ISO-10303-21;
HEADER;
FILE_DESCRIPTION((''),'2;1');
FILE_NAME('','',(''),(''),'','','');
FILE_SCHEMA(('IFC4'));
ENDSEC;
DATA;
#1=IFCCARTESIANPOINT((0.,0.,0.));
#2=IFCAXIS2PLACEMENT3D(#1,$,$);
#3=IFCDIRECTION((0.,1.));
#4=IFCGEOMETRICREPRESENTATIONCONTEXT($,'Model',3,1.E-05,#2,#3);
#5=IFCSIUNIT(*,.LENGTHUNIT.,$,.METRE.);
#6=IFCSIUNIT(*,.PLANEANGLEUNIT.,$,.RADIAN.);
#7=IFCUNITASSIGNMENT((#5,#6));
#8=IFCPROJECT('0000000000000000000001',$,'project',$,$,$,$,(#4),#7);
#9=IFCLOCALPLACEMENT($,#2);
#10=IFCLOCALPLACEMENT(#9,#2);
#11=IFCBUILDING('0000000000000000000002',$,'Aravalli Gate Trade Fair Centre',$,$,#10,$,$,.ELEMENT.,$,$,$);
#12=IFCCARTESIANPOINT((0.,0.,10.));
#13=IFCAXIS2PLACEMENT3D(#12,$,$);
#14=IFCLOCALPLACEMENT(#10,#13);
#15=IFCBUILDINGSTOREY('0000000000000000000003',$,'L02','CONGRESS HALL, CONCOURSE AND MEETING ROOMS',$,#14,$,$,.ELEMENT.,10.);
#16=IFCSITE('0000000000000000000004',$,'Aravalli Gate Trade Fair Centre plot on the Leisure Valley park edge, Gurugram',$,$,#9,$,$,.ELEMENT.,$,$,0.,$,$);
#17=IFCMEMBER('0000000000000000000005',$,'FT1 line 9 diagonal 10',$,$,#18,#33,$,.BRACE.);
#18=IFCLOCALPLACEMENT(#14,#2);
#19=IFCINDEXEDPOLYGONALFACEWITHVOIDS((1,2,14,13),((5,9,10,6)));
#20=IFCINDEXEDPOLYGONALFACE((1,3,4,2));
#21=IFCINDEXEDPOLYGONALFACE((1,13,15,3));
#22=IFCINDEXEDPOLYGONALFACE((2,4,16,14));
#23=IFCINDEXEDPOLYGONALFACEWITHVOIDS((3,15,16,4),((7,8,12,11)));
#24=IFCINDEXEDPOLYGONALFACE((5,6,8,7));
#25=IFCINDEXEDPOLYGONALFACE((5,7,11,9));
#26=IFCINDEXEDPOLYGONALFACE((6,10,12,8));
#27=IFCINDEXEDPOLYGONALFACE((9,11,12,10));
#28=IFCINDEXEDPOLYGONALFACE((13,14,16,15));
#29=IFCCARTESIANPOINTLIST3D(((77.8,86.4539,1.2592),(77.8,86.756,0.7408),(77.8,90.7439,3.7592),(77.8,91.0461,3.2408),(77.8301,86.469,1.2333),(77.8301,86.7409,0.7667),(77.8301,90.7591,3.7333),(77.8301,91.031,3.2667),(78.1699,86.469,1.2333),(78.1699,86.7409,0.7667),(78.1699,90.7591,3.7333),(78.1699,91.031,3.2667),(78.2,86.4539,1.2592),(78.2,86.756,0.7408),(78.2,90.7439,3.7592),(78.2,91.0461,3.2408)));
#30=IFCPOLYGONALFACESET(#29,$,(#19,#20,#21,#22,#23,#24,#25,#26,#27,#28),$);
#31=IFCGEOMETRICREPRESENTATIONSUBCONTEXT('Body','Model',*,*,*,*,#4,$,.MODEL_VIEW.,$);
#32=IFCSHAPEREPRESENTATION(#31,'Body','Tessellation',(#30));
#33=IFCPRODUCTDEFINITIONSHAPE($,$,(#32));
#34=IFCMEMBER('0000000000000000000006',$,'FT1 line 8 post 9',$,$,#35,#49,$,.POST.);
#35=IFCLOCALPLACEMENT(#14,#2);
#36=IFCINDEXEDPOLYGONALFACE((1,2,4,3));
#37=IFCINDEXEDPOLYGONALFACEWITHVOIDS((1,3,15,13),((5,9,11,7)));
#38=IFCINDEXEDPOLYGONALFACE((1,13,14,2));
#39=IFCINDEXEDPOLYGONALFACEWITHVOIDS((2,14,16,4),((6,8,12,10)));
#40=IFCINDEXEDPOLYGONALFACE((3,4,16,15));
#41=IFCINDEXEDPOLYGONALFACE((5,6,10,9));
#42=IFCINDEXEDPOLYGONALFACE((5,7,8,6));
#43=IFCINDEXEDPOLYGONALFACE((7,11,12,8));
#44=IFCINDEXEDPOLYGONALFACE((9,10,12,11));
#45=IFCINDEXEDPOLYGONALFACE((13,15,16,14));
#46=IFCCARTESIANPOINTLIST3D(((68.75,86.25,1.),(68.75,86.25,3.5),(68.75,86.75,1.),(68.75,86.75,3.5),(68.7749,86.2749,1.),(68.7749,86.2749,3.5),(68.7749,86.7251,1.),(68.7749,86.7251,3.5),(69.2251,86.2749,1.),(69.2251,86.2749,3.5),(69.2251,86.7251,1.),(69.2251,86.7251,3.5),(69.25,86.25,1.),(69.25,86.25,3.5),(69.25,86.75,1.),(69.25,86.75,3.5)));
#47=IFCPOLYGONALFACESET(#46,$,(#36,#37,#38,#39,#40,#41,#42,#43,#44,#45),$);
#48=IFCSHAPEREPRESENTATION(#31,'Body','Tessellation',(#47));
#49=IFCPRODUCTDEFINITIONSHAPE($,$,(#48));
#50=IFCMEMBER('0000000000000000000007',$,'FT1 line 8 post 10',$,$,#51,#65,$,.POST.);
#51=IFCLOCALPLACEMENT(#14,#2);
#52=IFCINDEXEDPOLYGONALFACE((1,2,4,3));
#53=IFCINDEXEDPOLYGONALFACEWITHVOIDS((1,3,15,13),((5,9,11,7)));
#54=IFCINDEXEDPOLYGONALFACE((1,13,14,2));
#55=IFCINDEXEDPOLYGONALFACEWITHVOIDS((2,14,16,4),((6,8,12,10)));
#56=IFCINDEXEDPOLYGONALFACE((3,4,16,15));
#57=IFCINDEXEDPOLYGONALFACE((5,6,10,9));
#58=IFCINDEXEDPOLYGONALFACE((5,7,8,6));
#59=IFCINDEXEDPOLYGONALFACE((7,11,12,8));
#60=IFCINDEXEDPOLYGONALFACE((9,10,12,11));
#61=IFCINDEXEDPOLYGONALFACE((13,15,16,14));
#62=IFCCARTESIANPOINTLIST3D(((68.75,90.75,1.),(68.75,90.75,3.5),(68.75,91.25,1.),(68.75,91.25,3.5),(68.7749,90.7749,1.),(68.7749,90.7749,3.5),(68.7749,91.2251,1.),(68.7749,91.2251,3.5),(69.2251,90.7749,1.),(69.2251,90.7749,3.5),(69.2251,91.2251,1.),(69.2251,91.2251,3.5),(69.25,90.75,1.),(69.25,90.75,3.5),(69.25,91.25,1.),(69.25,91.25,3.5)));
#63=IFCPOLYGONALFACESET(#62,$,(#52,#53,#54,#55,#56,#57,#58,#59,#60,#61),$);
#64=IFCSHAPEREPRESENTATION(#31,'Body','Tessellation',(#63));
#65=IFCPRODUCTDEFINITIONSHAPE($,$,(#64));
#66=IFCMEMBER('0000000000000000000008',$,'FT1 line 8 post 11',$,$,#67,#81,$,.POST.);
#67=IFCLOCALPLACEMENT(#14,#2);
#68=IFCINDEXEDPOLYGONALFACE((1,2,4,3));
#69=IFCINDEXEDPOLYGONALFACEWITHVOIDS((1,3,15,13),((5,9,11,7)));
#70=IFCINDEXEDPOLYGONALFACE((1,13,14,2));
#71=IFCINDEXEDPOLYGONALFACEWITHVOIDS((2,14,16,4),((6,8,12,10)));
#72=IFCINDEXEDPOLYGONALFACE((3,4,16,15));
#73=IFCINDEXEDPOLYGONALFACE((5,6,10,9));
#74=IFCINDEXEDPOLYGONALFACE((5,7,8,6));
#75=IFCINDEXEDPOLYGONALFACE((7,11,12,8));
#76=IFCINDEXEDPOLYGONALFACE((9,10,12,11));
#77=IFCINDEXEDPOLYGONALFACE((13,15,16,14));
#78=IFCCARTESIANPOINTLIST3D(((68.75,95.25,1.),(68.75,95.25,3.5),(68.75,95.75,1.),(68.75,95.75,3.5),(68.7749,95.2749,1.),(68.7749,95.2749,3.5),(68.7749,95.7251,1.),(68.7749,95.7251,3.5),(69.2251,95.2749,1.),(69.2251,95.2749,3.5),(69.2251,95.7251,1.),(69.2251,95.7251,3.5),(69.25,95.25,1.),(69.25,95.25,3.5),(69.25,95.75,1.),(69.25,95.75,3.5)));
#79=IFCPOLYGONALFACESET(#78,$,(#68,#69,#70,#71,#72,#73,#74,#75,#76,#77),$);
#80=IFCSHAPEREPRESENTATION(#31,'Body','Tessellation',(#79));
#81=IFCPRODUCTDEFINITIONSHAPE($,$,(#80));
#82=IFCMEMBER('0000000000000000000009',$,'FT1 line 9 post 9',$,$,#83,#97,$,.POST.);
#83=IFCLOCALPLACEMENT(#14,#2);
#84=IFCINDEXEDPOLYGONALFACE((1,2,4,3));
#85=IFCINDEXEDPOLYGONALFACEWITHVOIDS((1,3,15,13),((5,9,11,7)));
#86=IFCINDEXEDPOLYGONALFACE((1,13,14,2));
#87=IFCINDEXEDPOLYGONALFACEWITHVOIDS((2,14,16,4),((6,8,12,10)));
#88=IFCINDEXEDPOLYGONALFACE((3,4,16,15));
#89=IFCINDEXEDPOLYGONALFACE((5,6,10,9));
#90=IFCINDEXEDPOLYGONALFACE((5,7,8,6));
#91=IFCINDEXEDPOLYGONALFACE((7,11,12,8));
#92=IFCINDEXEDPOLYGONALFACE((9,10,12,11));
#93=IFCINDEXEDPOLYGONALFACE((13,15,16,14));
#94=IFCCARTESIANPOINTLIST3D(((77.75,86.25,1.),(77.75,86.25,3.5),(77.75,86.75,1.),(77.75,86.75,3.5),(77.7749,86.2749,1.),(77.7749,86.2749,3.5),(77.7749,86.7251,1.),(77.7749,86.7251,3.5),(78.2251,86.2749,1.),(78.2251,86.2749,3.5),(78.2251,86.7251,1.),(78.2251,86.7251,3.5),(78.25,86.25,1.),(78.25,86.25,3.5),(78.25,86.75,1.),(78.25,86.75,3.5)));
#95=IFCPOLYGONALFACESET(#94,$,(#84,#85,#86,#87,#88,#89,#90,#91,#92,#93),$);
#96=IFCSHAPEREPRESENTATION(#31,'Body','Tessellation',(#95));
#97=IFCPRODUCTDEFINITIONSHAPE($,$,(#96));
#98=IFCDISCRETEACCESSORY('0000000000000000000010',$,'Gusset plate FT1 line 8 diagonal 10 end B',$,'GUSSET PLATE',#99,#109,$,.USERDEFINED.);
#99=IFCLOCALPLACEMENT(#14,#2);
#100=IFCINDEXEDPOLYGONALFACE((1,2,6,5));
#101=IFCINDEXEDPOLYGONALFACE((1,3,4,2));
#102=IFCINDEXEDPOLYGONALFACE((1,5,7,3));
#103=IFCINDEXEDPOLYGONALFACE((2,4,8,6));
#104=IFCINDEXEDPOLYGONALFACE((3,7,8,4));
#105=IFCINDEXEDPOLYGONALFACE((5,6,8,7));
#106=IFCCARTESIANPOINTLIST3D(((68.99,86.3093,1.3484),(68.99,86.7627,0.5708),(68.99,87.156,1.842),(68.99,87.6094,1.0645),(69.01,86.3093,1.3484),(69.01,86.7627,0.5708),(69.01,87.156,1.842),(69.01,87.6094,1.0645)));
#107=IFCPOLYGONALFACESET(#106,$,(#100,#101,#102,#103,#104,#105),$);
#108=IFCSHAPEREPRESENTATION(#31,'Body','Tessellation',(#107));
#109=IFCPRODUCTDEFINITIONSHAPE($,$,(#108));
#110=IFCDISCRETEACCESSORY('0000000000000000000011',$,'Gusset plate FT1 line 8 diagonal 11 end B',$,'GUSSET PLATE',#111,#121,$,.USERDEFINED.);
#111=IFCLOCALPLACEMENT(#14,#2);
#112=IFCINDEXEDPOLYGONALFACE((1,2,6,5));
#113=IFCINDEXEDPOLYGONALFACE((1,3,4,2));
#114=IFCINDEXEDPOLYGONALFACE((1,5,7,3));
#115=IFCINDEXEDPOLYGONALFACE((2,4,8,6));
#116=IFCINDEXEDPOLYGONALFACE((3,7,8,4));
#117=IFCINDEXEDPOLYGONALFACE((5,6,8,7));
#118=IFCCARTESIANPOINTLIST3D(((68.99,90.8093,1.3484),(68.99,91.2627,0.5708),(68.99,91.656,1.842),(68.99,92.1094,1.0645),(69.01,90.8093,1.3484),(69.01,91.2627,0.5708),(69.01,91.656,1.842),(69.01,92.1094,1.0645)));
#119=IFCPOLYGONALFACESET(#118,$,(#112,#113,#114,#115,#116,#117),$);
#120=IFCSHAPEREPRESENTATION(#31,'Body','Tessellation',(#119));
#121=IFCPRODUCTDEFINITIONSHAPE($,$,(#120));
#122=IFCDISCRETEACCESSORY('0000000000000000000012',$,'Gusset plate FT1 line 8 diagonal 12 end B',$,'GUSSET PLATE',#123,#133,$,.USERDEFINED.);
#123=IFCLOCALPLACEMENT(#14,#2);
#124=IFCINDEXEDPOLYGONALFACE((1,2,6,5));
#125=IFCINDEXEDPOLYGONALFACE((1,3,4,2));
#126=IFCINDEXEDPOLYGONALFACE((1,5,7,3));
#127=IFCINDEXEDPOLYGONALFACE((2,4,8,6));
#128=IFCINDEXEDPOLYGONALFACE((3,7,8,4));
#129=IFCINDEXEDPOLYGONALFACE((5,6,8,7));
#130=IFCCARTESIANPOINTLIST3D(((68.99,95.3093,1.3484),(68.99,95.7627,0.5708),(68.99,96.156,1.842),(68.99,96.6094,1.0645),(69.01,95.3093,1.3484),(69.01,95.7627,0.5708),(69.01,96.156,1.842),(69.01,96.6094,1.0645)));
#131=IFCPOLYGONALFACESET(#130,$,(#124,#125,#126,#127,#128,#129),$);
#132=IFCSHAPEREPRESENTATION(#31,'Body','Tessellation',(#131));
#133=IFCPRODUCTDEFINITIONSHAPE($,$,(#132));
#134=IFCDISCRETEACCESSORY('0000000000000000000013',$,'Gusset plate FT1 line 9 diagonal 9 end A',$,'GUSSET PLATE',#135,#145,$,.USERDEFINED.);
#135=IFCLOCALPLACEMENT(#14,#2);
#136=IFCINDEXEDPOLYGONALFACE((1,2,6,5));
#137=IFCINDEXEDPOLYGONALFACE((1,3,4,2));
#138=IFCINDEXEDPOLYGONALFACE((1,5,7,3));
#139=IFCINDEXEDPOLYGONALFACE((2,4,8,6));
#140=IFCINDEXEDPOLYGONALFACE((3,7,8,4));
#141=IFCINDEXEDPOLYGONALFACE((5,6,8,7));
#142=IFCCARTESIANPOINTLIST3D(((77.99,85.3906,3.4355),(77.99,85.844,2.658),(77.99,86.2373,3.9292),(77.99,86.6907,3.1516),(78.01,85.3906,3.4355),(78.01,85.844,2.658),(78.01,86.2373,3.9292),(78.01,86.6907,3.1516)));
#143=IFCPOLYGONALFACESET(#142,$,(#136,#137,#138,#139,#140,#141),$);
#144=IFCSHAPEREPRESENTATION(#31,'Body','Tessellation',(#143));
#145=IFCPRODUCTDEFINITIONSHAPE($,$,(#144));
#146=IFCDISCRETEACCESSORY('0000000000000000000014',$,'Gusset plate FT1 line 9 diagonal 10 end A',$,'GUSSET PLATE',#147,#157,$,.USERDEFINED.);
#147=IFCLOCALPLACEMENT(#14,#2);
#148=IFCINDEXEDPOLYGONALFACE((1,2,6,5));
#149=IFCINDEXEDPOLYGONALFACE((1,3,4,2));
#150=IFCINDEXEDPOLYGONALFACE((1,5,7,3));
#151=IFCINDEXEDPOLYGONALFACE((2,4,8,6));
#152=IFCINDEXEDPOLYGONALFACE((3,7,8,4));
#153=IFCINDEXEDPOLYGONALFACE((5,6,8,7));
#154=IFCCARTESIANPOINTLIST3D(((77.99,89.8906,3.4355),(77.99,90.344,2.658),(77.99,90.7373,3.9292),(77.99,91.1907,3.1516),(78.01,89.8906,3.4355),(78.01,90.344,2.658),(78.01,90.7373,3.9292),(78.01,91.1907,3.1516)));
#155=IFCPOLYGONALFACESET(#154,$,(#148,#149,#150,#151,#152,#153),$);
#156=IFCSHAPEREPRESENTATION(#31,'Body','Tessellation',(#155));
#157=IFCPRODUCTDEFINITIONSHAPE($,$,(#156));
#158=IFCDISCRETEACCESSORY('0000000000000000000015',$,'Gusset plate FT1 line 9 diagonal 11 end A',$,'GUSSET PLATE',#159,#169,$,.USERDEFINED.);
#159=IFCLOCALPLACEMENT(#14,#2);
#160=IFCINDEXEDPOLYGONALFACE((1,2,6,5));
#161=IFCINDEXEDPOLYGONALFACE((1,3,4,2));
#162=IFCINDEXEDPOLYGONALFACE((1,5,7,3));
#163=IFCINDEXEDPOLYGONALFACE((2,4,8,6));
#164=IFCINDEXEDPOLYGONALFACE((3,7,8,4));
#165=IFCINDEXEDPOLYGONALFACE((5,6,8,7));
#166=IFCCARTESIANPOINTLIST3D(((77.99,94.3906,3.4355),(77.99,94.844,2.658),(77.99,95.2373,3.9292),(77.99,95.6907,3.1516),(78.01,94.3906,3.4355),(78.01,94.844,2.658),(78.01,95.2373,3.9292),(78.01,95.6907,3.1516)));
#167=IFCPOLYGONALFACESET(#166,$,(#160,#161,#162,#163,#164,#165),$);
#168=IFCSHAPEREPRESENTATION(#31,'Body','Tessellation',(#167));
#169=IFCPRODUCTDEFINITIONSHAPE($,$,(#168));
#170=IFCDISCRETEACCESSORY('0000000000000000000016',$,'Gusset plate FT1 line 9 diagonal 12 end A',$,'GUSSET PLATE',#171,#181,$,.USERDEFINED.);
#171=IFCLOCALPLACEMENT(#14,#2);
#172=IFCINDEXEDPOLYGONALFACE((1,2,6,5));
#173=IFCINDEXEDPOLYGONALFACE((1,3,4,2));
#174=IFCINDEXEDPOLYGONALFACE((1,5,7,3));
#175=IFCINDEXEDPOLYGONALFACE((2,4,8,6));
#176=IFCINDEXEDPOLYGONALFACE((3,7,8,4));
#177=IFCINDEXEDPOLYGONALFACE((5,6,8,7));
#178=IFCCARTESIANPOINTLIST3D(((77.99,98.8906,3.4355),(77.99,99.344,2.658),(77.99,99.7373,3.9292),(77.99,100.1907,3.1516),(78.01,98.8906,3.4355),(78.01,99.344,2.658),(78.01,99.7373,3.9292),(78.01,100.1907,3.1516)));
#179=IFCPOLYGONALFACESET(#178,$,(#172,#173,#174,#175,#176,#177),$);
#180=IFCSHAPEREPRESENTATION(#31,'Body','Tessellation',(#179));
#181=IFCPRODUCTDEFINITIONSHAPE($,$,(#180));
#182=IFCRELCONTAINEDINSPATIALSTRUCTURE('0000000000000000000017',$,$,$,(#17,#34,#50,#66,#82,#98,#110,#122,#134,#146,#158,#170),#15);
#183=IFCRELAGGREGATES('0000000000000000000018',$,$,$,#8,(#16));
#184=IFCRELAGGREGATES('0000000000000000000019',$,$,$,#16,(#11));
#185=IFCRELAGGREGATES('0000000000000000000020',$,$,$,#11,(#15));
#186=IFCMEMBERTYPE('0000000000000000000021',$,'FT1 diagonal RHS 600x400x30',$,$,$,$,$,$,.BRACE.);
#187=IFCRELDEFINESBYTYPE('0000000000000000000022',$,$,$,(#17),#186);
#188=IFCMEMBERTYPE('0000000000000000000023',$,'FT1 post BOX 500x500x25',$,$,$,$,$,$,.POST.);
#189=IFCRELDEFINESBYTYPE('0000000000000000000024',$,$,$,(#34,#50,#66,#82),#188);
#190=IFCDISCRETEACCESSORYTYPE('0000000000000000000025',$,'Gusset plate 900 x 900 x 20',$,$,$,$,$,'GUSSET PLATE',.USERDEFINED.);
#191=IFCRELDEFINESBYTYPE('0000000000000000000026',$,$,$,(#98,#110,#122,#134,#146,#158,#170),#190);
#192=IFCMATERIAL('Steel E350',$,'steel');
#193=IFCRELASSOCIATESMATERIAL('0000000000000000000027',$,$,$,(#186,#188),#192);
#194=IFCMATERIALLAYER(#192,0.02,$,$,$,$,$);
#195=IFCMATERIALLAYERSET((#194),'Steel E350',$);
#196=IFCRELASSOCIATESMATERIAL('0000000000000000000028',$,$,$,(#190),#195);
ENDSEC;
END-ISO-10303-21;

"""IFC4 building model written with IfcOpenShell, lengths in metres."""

from ifc_helpers import new_model, si_unit, direction, frame, origin, origin_2d, place, context, subcontext, project, spatial, polyline, hollow_rectangle, outline, extrude, material, layer, layer_set, material_profile, profile_set, type_object, element, save


model = new_model("IFC4")

# Units and contexts
model_context = context("Model", 3, precision=1e-05, world=origin(), true_north=direction((0.0, 1.0)))
body_context = subcontext(model_context, "Body", "Model", "MODEL_VIEW")
ifc_project = project(units=[si_unit("LENGTHUNIT", "METRE"), si_unit("PLANEANGLEUNIT", "RADIAN")], contexts=[model_context])

# Site, building, storey
site_placement = place(None, origin())
site = spatial("IfcSite", under=ifc_project, at=site_placement, Name="Aravalli Gate Trade Fair Centre plot on the Leisure Valley park edge, Gurugram", CompositionType="ELEMENT", RefElevation=0.0)
building_placement = place(site_placement, origin())
building = spatial("IfcBuilding", under=site, at=building_placement, Name="Aravalli Gate Trade Fair Centre", CompositionType="ELEMENT")
storey_placement = place(building_placement, frame((0.0, 0.0, 10.0)))
storey = spatial("IfcBuildingStorey", under=building, at=storey_placement, Name="L02", Description="CONGRESS HALL, CONCOURSE AND MEETING ROOMS", CompositionType="ELEMENT", Elevation=10.0)

# Members
ifc_material = material(Name="Steel E350", Category="steel")
ifc_material_profile_1 = material_profile(ifc_material, hollow_rectangle(XDim=0.3999, YDim=0.6001, WallThickness=0.03, at=origin_2d()), Name="RHS 600x400x30")
ifc_profile_set_1 = profile_set([ifc_material_profile_1], Name="Steel E350")
member_type_1 = type_object("IfcMemberType", Name="FT1 diagonal RHS 600x400x30", PredefinedType="BRACE", material=ifc_profile_set_1)
for number, where, z_axis, x_axis, name in (
    (1, (78.0, 90.895, 3.5), (0.0, -0.864, -0.503492), (1.0, 0.0, 0.0), "FT1 line 9 diagonal 10"),
):
    element("IfcMember", number, at=place(storey_placement, frame(where, z_axis=z_axis, x_axis=x_axis)), inside=storey, type_object=member_type_1, Name=name, PredefinedType="BRACE", context=body_context, shape_type="SweptSolid", body=[
        extrude(hollow_rectangle(XDim=0.3999, YDim=0.6001, WallThickness=0.03, at=origin_2d()), origin(), (0.0, 0.0, 1.0), 4.9653),
    ])
ifc_material_profile_2 = material_profile(ifc_material, hollow_rectangle(XDim=0.5, YDim=0.5, WallThickness=0.0249, at=origin_2d()), Name="BOX 500x500x25")
ifc_profile_set_2 = profile_set([ifc_material_profile_2], Name="Steel E350")
member_type_2 = type_object("IfcMemberType", Name="FT1 post BOX 500x500x25", PredefinedType="POST", material=ifc_profile_set_2)
for number, where, z_axis, x_axis, name in (
    (2, (69.0, 86.5, 1.0), (0.0, 0.0, 1.0), (1.0, 0.0, 0.0), "FT1 line 8 post 9"),
    (3, (69.0, 91.0, 1.0), (0.0, 0.0, 1.0), (1.0, 0.0, 0.0), "FT1 line 8 post 10"),
    (4, (69.0, 95.5, 1.0), (0.0, 0.0, 1.0), (1.0, 0.0, 0.0), "FT1 line 8 post 11"),
    (5, (78.0, 86.5, 1.0), (0.0, 0.0, 1.0), (1.0, 0.0, 0.0), "FT1 line 9 post 9"),
):
    element("IfcMember", number, at=place(storey_placement, frame(where, z_axis=z_axis, x_axis=x_axis)), inside=storey, type_object=member_type_2, Name=name, PredefinedType="POST", context=body_context, shape_type="SweptSolid", body=[
        extrude(hollow_rectangle(XDim=0.5, YDim=0.5, WallThickness=0.0249, at=origin_2d()), origin(), (0.0, 0.0, 1.0), 2.5),
    ])

# Discrete accessories
ifc_layer = layer(ifc_material, 0.02)
ifc_layer_set = layer_set([ifc_layer], Name="Steel E350")
discrete_accessory_type = type_object("IfcDiscreteAccessoryType", Name="Gusset plate 900 x 900 x 20", ElementType="GUSSET PLATE", PredefinedType="USERDEFINED", material=ifc_layer_set)
for number, where, z_axis, x_axis, name in (
    (6, (69.01, 87.156, 1.842), (1.0, 0.0, 0.0), (0.0, -0.863887, -0.503685), "Gusset plate FT1 line 8 diagonal 10 end B"),
    (7, (69.01, 91.656, 1.842), (1.0, 0.0, 0.0), (0.0, -0.863887, -0.503685), "Gusset plate FT1 line 8 diagonal 11 end B"),
    (8, (69.01, 96.156, 1.842), (1.0, 0.0, 0.0), (0.0, -0.863887, -0.503685), "Gusset plate FT1 line 8 diagonal 12 end B"),
):
    element("IfcDiscreteAccessory", number, at=place(storey_placement, frame(where, z_axis=z_axis, x_axis=x_axis)), inside=storey, type_object=discrete_accessory_type, Name=name, ObjectType="GUSSET PLATE", PredefinedType="USERDEFINED", context=body_context, shape_type="SweptSolid", body=[
        extrude(outline(polyline([(0.0, 0.0), (0.9801, 0.0), (0.9801, 0.9001), (0.0, 0.9001), (0.0, 0.0)])), origin(), (0.0, 0.0, -1.0), 0.02),
    ])
for number, where, z_axis, x_axis, name in (
    (9, (77.99, 85.3906, 3.4355), (-1.0, 0.0, 0.0), (0.0, 0.863887, 0.503685), "Gusset plate FT1 line 9 diagonal 9 end A"),
    (10, (77.99, 89.8906, 3.4355), (-1.0, 0.0, 0.0), (0.0, 0.863887, 0.503685), "Gusset plate FT1 line 9 diagonal 10 end A"),
    (11, (77.99, 94.3906, 3.4355), (-1.0, 0.0, 0.0), (0.0, 0.863887, 0.503685), "Gusset plate FT1 line 9 diagonal 11 end A"),
    (12, (77.99, 98.8906, 3.4355), (-1.0, 0.0, 0.0), (0.0, 0.863887, 0.503685), "Gusset plate FT1 line 9 diagonal 12 end A"),
):
    element("IfcDiscreteAccessory", number, at=place(storey_placement, frame(where, z_axis=z_axis, x_axis=x_axis)), inside=storey, type_object=discrete_accessory_type, Name=name, ObjectType="GUSSET PLATE", PredefinedType="USERDEFINED", context=body_context, shape_type="SweptSolid", body=[
        extrude(outline(polyline([(0.0, 0.0), (0.9801, 0.0), (0.9801, 0.9001), (0.0, 0.9001), (0.0, 0.0)])), origin(), (0.0, 0.0, -1.0), 0.02),
    ])

save(model, "model.ifc")
